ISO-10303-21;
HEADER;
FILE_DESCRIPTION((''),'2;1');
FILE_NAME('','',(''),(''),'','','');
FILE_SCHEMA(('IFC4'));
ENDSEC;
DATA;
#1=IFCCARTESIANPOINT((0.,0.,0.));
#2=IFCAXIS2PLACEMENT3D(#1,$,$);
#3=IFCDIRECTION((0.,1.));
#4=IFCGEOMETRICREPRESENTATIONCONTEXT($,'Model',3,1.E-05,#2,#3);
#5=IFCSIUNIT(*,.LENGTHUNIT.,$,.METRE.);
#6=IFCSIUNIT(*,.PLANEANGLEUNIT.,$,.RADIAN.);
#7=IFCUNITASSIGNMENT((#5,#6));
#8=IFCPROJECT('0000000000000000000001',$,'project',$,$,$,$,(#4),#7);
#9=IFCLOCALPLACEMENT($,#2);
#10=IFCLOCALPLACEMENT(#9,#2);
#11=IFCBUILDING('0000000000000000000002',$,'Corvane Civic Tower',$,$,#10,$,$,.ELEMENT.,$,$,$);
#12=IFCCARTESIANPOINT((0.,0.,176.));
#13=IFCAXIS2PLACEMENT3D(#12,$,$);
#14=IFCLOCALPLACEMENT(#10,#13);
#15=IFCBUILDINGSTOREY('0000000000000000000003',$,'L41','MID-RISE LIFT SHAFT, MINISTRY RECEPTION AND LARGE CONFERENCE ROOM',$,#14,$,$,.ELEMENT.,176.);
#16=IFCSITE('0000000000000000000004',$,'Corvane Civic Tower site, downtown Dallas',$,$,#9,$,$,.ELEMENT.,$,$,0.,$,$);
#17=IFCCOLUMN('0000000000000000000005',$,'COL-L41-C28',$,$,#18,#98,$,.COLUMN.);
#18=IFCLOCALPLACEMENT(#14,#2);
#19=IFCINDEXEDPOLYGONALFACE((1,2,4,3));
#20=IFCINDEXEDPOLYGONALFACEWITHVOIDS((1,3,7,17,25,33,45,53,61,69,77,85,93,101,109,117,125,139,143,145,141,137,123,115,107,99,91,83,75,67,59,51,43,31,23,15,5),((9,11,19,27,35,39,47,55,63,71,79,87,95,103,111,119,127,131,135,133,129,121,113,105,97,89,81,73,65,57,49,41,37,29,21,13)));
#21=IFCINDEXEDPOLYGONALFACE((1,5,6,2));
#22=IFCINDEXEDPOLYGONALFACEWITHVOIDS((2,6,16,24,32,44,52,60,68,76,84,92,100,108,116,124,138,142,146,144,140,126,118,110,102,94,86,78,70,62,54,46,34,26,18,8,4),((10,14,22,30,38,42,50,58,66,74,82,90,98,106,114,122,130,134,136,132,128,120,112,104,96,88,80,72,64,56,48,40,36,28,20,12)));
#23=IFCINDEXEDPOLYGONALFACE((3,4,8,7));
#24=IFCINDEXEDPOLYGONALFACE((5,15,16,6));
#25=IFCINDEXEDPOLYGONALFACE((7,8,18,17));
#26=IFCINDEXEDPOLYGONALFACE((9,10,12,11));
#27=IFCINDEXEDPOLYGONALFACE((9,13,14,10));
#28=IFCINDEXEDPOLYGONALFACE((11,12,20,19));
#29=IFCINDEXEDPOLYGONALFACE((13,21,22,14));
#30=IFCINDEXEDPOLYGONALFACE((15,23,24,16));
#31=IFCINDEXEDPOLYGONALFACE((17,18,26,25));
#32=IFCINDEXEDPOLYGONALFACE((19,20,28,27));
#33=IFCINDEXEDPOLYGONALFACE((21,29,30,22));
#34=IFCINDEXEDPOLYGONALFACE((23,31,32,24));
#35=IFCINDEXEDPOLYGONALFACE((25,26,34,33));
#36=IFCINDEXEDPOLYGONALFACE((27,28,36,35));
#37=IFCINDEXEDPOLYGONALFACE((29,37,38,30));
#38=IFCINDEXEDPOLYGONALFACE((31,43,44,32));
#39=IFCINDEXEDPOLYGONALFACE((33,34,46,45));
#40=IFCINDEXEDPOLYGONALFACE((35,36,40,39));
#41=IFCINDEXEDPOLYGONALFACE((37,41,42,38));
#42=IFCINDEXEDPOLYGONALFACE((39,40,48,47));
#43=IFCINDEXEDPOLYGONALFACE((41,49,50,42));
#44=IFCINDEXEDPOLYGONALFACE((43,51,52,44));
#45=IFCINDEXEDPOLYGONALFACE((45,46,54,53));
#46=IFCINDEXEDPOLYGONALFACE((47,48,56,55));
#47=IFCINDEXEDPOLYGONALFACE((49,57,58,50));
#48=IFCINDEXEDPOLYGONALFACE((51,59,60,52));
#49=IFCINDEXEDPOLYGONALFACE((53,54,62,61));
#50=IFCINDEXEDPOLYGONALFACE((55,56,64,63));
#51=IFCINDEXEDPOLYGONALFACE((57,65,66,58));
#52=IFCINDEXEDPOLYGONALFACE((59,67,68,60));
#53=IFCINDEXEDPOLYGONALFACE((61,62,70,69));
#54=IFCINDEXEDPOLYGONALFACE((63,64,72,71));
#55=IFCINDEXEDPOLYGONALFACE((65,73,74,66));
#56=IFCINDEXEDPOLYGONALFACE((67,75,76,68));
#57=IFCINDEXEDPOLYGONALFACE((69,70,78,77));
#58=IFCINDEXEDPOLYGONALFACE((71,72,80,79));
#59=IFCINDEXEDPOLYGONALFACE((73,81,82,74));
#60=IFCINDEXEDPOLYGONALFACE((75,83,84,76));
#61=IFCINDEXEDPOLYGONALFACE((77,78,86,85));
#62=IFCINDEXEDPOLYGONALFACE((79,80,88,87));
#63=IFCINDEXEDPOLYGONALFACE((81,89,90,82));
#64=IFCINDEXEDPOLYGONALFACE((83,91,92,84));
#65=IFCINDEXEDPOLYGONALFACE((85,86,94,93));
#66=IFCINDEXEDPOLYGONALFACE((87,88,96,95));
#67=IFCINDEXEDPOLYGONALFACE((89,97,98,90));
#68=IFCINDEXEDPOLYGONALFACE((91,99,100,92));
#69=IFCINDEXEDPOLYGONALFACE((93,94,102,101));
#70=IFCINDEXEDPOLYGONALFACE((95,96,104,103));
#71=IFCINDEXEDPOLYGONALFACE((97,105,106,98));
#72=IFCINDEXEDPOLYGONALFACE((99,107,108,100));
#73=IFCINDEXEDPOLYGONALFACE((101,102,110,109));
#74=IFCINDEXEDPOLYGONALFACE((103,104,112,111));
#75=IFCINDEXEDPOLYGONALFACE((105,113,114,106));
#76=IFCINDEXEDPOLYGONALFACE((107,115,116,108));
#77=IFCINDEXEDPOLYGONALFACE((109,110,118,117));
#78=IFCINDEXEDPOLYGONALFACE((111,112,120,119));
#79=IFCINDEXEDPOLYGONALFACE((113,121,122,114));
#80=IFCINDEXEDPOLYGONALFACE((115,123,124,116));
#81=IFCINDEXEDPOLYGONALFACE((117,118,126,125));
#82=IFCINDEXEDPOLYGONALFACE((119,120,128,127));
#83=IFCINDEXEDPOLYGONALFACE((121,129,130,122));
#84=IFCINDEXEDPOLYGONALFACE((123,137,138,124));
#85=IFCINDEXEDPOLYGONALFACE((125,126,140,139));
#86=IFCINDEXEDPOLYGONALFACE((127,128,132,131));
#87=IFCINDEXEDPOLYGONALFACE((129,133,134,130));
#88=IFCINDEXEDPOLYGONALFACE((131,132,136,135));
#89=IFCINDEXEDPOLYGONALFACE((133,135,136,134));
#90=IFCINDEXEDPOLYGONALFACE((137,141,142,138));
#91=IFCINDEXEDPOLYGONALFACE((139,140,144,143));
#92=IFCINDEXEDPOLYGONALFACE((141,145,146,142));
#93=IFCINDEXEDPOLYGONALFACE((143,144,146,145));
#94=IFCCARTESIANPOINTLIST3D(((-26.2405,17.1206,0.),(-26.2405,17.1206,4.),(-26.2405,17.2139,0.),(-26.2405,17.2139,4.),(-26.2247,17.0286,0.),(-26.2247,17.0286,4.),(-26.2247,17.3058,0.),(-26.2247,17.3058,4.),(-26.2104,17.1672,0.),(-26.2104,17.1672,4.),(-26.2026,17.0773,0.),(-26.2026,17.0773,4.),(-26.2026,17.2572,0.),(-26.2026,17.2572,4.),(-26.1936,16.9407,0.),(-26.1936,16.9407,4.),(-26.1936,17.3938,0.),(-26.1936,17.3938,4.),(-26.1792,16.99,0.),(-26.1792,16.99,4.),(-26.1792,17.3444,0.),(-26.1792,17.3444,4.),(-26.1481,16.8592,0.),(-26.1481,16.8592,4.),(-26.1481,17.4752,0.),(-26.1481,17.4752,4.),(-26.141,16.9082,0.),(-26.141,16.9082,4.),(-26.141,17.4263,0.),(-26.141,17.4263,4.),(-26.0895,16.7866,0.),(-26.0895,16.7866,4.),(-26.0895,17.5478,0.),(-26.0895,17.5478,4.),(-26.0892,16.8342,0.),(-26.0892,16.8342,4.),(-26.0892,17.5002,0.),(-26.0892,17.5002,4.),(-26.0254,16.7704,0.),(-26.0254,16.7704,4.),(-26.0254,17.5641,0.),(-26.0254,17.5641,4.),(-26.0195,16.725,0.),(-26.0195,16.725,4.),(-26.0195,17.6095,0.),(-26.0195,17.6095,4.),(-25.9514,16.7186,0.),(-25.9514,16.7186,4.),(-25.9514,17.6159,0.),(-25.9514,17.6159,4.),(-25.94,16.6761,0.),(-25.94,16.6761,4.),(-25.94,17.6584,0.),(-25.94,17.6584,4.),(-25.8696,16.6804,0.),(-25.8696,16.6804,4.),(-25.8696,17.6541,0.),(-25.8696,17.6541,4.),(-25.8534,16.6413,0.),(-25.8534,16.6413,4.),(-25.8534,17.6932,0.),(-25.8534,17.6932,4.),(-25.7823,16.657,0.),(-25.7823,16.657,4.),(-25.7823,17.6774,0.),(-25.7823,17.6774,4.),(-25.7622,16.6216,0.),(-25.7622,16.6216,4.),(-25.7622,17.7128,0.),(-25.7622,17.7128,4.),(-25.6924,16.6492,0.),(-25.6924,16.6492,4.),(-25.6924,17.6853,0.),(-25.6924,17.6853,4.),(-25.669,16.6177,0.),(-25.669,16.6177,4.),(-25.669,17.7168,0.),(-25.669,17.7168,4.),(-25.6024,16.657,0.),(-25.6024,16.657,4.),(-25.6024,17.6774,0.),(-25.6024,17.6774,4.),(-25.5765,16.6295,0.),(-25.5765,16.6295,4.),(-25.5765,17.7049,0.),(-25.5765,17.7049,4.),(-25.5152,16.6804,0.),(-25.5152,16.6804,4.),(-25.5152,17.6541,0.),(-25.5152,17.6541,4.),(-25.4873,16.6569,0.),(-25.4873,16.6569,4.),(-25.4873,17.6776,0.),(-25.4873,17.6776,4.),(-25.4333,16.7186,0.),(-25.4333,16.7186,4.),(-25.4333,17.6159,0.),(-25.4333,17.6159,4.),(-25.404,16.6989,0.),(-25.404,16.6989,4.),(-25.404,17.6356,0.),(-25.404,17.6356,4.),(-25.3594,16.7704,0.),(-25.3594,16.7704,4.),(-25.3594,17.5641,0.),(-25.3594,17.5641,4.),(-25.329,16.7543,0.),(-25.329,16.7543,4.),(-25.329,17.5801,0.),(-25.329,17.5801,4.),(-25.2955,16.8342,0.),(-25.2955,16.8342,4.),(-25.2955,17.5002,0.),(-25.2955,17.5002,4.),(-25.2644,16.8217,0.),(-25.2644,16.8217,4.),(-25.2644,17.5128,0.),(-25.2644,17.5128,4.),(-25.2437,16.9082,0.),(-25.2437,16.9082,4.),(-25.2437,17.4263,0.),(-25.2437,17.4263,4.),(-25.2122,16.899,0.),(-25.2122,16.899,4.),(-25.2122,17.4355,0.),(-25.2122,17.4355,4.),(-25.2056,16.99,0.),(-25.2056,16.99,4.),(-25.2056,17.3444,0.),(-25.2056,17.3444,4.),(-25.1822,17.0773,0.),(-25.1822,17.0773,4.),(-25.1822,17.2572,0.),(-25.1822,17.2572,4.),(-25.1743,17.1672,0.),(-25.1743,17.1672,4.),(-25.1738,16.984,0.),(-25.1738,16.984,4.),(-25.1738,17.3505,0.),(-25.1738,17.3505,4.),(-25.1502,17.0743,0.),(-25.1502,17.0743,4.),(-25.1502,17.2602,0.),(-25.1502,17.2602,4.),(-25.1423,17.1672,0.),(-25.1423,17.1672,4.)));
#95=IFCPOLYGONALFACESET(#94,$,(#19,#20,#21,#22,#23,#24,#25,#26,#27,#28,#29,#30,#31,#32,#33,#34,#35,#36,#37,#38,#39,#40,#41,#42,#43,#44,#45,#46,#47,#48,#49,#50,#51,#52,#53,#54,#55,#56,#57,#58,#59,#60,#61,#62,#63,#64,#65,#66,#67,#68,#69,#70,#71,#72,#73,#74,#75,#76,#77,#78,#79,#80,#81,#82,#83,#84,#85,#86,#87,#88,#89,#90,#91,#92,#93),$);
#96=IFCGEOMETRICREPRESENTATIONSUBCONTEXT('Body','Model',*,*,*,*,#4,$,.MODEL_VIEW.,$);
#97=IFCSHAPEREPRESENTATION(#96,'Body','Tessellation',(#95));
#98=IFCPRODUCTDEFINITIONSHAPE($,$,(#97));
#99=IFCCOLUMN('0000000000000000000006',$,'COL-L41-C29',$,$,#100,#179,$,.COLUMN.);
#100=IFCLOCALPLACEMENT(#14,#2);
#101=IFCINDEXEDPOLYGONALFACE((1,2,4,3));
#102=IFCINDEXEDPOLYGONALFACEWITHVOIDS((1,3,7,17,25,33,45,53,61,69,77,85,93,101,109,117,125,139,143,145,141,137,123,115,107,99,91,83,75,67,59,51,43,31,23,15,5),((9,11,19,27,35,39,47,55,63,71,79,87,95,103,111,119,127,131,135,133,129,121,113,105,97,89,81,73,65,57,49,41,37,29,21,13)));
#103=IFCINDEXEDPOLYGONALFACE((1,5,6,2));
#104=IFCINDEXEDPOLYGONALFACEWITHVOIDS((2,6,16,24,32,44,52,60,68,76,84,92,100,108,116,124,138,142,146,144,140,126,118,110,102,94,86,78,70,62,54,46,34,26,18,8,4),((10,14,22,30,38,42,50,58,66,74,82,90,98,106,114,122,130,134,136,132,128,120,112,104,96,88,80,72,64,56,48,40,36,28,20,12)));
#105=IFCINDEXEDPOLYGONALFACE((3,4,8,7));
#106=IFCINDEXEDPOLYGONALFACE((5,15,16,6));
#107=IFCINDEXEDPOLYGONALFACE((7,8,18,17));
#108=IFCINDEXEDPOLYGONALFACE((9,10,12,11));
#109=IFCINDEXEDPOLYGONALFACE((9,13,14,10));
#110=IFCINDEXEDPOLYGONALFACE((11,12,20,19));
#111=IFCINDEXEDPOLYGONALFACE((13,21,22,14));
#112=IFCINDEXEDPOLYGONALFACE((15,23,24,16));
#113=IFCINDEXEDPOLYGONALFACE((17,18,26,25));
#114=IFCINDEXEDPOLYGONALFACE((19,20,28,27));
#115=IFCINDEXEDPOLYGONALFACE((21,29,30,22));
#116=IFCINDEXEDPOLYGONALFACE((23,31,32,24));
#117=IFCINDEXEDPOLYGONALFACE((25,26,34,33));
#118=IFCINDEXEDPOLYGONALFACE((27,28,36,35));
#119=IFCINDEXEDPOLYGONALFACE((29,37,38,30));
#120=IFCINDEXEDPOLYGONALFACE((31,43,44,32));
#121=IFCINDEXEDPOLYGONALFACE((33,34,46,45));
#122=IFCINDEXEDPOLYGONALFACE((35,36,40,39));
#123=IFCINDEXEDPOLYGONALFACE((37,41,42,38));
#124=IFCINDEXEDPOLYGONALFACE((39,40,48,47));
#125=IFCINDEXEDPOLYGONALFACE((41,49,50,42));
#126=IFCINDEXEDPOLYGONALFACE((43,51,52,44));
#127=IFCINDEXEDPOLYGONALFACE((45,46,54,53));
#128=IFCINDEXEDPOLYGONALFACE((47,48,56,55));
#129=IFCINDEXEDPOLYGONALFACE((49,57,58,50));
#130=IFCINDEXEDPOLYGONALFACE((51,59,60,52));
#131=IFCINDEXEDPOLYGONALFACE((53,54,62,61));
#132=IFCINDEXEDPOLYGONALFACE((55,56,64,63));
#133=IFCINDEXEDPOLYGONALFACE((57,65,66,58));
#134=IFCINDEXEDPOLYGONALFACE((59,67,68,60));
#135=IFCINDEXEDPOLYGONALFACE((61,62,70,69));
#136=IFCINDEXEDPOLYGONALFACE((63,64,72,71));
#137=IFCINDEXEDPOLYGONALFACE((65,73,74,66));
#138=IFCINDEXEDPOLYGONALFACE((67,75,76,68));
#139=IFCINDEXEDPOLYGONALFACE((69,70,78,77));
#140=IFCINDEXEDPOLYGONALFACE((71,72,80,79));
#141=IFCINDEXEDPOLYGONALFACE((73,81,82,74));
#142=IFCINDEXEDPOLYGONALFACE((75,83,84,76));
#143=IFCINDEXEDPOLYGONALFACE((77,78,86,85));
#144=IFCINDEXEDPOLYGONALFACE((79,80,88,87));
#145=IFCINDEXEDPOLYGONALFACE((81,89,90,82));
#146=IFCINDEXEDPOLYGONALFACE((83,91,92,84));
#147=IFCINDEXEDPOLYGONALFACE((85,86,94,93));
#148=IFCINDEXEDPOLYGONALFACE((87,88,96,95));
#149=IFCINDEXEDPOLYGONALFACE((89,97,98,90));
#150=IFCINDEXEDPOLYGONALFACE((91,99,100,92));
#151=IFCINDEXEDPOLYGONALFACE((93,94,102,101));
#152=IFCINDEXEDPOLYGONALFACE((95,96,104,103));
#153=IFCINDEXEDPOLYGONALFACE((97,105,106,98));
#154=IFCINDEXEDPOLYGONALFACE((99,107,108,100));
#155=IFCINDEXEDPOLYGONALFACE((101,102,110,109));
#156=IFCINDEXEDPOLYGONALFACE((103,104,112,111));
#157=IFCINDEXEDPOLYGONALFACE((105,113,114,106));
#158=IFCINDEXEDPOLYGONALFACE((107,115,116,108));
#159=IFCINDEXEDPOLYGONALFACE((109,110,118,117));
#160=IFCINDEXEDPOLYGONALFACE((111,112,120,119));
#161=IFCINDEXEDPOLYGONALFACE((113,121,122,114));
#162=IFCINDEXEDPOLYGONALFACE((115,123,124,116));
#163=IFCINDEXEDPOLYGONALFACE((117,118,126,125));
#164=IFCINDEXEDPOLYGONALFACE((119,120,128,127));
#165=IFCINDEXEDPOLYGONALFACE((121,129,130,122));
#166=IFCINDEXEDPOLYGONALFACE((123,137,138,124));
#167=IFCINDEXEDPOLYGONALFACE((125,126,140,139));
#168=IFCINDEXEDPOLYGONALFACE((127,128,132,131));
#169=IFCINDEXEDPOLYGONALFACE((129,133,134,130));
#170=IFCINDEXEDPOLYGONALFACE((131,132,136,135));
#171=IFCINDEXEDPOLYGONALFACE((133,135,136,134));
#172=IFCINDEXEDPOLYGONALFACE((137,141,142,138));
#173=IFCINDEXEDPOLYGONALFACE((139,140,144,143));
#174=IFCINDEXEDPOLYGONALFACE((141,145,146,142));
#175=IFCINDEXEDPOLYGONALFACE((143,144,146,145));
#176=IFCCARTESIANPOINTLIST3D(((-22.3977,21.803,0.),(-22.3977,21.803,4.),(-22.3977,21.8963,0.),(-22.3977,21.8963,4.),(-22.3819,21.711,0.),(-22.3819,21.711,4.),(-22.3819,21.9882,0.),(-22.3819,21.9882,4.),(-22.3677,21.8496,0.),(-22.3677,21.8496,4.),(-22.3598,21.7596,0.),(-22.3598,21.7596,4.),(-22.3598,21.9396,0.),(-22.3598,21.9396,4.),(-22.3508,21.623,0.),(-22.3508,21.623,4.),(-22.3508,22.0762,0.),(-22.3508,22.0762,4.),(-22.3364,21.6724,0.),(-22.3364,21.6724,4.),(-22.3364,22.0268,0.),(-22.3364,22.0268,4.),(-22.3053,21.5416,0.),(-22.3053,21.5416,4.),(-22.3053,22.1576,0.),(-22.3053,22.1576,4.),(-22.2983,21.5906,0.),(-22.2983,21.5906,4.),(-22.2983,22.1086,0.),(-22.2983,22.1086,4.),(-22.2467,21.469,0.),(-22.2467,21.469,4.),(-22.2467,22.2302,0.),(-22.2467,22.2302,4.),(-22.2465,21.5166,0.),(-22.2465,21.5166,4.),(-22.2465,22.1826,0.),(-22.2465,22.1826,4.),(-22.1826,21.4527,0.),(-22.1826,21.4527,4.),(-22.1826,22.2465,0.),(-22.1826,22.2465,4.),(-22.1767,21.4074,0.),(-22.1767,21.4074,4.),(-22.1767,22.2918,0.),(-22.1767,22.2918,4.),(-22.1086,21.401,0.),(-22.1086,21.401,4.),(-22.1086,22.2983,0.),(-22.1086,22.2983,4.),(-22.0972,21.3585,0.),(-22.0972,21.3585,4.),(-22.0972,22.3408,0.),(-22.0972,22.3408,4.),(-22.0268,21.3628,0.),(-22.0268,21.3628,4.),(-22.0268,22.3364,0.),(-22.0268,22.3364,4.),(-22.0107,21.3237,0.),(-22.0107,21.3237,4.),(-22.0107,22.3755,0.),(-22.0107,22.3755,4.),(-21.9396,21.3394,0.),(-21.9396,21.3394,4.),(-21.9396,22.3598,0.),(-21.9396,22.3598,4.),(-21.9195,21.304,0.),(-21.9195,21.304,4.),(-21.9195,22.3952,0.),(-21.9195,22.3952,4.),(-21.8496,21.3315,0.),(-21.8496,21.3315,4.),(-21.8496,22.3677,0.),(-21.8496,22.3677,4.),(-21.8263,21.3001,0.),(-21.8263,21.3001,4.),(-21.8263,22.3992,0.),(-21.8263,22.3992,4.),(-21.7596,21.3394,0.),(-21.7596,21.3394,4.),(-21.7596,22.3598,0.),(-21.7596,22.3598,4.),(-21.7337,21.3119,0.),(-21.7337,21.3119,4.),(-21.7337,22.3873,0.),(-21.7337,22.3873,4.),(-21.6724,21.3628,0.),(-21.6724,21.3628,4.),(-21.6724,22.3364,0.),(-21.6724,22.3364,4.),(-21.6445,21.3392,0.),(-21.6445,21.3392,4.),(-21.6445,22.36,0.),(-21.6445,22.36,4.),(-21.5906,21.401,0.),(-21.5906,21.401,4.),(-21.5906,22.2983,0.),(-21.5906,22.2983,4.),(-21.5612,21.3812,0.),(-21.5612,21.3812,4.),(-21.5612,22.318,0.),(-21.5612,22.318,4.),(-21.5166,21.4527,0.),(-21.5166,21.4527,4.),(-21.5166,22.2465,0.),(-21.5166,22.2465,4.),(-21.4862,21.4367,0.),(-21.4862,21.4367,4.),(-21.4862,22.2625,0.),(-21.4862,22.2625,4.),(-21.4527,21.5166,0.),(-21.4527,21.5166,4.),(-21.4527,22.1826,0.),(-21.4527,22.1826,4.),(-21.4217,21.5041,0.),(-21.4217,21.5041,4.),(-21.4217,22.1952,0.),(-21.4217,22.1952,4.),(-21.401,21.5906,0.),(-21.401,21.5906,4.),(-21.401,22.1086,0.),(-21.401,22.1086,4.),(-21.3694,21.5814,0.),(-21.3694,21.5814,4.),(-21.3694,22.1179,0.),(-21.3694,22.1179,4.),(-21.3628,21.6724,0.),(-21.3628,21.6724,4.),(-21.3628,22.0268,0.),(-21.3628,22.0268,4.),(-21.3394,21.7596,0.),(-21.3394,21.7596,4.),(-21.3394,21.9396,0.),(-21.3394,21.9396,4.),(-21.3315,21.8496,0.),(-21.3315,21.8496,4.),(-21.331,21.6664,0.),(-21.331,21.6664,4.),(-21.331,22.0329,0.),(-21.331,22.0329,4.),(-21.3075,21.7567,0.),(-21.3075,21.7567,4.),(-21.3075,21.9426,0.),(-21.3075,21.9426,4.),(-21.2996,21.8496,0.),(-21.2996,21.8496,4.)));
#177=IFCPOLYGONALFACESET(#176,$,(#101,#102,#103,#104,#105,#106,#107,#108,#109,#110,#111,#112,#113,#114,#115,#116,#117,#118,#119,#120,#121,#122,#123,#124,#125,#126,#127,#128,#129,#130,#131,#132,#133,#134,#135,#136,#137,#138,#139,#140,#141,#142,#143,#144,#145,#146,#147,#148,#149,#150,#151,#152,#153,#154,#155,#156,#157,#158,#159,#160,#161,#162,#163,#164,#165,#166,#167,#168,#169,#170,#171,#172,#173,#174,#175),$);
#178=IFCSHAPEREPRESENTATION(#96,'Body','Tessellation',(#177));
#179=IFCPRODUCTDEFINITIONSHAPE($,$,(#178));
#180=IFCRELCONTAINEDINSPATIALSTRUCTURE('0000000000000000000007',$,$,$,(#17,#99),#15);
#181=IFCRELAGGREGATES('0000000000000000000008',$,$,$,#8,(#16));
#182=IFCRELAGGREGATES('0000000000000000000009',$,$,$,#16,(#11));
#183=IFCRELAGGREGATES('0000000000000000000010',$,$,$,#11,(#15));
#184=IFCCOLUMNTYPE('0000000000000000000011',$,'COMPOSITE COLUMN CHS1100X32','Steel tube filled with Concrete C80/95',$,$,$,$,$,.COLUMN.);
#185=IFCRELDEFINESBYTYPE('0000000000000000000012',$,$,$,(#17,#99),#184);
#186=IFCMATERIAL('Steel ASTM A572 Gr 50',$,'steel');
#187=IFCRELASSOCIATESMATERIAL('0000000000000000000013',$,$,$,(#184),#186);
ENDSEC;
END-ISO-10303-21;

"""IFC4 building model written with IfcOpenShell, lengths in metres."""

from ifc_helpers import new_model, si_unit, direction, frame, origin, origin_2d, place, context, subcontext, project, spatial, hollow_circle, extrude, material, material_profile, profile_set, type_object, element, save


model = new_model("IFC4")

# Units and contexts
model_context = context("Model", 3, precision=1e-05, world=origin(), true_north=direction((0.0, 1.0)))
body_context = subcontext(model_context, "Body", "Model", "MODEL_VIEW")
ifc_project = project(units=[si_unit("LENGTHUNIT", "METRE"), si_unit("PLANEANGLEUNIT", "RADIAN")], contexts=[model_context])

# Site, building, storey
site_placement = place(None, origin())
site = spatial("IfcSite", under=ifc_project, at=site_placement, Name="Corvane Civic Tower site, downtown Dallas", CompositionType="ELEMENT", RefElevation=0.0)
building_placement = place(site_placement, origin())
building = spatial("IfcBuilding", under=site, at=building_placement, Name="Corvane Civic Tower", CompositionType="ELEMENT")
storey_placement = place(building_placement, frame((0.0, 0.0, 176.0)))
storey = spatial("IfcBuildingStorey", under=building, at=storey_placement, Name="L41", Description="MID-RISE LIFT SHAFT, MINISTRY RECEPTION AND LARGE CONFERENCE ROOM", CompositionType="ELEMENT", Elevation=176.0)

# Columns
ifc_material_1 = material(Name="Steel ASTM A572 Gr 50", Category="steel")
ifc_material_profile_1 = material_profile(ifc_material_1, hollow_circle(Radius=0.55, WallThickness=0.032, at=origin_2d()), Name="CHS1100X32")
ifc_profile_set_1 = profile_set([ifc_material_profile_1], Name="Steel ASTM A572 Gr 50")
column_type = type_object("IfcColumnType", Name="COMPOSITE COLUMN CHS1100X32", Description="Steel tube filled with Concrete C80/95", PredefinedType="COLUMN", material=ifc_profile_set_1)
for number, where, z_axis, x_axis, name in (
    (1, (-25.6924, 17.1672, 0.0), (0.0, 0.0, 1.0), (1.0, 0.0, 0.0), "COL-L41-C28"),
    (2, (-21.8496, 21.8496, 0.0), (0.0, 0.0, 1.0), (1.0, 0.0, 0.0), "COL-L41-C29"),
):
    element("IfcColumn", number, at=place(storey_placement, frame(where, z_axis=z_axis, x_axis=x_axis)), inside=storey, type_object=column_type, Name=name, PredefinedType="COLUMN", context=body_context, shape_type="SweptSolid", body=[
        extrude(hollow_circle(Radius=0.55, WallThickness=0.032, at=origin_2d()), origin(), (0.0, 0.0, 1.0), 4.0),
    ])

save(model, "model.ifc")
